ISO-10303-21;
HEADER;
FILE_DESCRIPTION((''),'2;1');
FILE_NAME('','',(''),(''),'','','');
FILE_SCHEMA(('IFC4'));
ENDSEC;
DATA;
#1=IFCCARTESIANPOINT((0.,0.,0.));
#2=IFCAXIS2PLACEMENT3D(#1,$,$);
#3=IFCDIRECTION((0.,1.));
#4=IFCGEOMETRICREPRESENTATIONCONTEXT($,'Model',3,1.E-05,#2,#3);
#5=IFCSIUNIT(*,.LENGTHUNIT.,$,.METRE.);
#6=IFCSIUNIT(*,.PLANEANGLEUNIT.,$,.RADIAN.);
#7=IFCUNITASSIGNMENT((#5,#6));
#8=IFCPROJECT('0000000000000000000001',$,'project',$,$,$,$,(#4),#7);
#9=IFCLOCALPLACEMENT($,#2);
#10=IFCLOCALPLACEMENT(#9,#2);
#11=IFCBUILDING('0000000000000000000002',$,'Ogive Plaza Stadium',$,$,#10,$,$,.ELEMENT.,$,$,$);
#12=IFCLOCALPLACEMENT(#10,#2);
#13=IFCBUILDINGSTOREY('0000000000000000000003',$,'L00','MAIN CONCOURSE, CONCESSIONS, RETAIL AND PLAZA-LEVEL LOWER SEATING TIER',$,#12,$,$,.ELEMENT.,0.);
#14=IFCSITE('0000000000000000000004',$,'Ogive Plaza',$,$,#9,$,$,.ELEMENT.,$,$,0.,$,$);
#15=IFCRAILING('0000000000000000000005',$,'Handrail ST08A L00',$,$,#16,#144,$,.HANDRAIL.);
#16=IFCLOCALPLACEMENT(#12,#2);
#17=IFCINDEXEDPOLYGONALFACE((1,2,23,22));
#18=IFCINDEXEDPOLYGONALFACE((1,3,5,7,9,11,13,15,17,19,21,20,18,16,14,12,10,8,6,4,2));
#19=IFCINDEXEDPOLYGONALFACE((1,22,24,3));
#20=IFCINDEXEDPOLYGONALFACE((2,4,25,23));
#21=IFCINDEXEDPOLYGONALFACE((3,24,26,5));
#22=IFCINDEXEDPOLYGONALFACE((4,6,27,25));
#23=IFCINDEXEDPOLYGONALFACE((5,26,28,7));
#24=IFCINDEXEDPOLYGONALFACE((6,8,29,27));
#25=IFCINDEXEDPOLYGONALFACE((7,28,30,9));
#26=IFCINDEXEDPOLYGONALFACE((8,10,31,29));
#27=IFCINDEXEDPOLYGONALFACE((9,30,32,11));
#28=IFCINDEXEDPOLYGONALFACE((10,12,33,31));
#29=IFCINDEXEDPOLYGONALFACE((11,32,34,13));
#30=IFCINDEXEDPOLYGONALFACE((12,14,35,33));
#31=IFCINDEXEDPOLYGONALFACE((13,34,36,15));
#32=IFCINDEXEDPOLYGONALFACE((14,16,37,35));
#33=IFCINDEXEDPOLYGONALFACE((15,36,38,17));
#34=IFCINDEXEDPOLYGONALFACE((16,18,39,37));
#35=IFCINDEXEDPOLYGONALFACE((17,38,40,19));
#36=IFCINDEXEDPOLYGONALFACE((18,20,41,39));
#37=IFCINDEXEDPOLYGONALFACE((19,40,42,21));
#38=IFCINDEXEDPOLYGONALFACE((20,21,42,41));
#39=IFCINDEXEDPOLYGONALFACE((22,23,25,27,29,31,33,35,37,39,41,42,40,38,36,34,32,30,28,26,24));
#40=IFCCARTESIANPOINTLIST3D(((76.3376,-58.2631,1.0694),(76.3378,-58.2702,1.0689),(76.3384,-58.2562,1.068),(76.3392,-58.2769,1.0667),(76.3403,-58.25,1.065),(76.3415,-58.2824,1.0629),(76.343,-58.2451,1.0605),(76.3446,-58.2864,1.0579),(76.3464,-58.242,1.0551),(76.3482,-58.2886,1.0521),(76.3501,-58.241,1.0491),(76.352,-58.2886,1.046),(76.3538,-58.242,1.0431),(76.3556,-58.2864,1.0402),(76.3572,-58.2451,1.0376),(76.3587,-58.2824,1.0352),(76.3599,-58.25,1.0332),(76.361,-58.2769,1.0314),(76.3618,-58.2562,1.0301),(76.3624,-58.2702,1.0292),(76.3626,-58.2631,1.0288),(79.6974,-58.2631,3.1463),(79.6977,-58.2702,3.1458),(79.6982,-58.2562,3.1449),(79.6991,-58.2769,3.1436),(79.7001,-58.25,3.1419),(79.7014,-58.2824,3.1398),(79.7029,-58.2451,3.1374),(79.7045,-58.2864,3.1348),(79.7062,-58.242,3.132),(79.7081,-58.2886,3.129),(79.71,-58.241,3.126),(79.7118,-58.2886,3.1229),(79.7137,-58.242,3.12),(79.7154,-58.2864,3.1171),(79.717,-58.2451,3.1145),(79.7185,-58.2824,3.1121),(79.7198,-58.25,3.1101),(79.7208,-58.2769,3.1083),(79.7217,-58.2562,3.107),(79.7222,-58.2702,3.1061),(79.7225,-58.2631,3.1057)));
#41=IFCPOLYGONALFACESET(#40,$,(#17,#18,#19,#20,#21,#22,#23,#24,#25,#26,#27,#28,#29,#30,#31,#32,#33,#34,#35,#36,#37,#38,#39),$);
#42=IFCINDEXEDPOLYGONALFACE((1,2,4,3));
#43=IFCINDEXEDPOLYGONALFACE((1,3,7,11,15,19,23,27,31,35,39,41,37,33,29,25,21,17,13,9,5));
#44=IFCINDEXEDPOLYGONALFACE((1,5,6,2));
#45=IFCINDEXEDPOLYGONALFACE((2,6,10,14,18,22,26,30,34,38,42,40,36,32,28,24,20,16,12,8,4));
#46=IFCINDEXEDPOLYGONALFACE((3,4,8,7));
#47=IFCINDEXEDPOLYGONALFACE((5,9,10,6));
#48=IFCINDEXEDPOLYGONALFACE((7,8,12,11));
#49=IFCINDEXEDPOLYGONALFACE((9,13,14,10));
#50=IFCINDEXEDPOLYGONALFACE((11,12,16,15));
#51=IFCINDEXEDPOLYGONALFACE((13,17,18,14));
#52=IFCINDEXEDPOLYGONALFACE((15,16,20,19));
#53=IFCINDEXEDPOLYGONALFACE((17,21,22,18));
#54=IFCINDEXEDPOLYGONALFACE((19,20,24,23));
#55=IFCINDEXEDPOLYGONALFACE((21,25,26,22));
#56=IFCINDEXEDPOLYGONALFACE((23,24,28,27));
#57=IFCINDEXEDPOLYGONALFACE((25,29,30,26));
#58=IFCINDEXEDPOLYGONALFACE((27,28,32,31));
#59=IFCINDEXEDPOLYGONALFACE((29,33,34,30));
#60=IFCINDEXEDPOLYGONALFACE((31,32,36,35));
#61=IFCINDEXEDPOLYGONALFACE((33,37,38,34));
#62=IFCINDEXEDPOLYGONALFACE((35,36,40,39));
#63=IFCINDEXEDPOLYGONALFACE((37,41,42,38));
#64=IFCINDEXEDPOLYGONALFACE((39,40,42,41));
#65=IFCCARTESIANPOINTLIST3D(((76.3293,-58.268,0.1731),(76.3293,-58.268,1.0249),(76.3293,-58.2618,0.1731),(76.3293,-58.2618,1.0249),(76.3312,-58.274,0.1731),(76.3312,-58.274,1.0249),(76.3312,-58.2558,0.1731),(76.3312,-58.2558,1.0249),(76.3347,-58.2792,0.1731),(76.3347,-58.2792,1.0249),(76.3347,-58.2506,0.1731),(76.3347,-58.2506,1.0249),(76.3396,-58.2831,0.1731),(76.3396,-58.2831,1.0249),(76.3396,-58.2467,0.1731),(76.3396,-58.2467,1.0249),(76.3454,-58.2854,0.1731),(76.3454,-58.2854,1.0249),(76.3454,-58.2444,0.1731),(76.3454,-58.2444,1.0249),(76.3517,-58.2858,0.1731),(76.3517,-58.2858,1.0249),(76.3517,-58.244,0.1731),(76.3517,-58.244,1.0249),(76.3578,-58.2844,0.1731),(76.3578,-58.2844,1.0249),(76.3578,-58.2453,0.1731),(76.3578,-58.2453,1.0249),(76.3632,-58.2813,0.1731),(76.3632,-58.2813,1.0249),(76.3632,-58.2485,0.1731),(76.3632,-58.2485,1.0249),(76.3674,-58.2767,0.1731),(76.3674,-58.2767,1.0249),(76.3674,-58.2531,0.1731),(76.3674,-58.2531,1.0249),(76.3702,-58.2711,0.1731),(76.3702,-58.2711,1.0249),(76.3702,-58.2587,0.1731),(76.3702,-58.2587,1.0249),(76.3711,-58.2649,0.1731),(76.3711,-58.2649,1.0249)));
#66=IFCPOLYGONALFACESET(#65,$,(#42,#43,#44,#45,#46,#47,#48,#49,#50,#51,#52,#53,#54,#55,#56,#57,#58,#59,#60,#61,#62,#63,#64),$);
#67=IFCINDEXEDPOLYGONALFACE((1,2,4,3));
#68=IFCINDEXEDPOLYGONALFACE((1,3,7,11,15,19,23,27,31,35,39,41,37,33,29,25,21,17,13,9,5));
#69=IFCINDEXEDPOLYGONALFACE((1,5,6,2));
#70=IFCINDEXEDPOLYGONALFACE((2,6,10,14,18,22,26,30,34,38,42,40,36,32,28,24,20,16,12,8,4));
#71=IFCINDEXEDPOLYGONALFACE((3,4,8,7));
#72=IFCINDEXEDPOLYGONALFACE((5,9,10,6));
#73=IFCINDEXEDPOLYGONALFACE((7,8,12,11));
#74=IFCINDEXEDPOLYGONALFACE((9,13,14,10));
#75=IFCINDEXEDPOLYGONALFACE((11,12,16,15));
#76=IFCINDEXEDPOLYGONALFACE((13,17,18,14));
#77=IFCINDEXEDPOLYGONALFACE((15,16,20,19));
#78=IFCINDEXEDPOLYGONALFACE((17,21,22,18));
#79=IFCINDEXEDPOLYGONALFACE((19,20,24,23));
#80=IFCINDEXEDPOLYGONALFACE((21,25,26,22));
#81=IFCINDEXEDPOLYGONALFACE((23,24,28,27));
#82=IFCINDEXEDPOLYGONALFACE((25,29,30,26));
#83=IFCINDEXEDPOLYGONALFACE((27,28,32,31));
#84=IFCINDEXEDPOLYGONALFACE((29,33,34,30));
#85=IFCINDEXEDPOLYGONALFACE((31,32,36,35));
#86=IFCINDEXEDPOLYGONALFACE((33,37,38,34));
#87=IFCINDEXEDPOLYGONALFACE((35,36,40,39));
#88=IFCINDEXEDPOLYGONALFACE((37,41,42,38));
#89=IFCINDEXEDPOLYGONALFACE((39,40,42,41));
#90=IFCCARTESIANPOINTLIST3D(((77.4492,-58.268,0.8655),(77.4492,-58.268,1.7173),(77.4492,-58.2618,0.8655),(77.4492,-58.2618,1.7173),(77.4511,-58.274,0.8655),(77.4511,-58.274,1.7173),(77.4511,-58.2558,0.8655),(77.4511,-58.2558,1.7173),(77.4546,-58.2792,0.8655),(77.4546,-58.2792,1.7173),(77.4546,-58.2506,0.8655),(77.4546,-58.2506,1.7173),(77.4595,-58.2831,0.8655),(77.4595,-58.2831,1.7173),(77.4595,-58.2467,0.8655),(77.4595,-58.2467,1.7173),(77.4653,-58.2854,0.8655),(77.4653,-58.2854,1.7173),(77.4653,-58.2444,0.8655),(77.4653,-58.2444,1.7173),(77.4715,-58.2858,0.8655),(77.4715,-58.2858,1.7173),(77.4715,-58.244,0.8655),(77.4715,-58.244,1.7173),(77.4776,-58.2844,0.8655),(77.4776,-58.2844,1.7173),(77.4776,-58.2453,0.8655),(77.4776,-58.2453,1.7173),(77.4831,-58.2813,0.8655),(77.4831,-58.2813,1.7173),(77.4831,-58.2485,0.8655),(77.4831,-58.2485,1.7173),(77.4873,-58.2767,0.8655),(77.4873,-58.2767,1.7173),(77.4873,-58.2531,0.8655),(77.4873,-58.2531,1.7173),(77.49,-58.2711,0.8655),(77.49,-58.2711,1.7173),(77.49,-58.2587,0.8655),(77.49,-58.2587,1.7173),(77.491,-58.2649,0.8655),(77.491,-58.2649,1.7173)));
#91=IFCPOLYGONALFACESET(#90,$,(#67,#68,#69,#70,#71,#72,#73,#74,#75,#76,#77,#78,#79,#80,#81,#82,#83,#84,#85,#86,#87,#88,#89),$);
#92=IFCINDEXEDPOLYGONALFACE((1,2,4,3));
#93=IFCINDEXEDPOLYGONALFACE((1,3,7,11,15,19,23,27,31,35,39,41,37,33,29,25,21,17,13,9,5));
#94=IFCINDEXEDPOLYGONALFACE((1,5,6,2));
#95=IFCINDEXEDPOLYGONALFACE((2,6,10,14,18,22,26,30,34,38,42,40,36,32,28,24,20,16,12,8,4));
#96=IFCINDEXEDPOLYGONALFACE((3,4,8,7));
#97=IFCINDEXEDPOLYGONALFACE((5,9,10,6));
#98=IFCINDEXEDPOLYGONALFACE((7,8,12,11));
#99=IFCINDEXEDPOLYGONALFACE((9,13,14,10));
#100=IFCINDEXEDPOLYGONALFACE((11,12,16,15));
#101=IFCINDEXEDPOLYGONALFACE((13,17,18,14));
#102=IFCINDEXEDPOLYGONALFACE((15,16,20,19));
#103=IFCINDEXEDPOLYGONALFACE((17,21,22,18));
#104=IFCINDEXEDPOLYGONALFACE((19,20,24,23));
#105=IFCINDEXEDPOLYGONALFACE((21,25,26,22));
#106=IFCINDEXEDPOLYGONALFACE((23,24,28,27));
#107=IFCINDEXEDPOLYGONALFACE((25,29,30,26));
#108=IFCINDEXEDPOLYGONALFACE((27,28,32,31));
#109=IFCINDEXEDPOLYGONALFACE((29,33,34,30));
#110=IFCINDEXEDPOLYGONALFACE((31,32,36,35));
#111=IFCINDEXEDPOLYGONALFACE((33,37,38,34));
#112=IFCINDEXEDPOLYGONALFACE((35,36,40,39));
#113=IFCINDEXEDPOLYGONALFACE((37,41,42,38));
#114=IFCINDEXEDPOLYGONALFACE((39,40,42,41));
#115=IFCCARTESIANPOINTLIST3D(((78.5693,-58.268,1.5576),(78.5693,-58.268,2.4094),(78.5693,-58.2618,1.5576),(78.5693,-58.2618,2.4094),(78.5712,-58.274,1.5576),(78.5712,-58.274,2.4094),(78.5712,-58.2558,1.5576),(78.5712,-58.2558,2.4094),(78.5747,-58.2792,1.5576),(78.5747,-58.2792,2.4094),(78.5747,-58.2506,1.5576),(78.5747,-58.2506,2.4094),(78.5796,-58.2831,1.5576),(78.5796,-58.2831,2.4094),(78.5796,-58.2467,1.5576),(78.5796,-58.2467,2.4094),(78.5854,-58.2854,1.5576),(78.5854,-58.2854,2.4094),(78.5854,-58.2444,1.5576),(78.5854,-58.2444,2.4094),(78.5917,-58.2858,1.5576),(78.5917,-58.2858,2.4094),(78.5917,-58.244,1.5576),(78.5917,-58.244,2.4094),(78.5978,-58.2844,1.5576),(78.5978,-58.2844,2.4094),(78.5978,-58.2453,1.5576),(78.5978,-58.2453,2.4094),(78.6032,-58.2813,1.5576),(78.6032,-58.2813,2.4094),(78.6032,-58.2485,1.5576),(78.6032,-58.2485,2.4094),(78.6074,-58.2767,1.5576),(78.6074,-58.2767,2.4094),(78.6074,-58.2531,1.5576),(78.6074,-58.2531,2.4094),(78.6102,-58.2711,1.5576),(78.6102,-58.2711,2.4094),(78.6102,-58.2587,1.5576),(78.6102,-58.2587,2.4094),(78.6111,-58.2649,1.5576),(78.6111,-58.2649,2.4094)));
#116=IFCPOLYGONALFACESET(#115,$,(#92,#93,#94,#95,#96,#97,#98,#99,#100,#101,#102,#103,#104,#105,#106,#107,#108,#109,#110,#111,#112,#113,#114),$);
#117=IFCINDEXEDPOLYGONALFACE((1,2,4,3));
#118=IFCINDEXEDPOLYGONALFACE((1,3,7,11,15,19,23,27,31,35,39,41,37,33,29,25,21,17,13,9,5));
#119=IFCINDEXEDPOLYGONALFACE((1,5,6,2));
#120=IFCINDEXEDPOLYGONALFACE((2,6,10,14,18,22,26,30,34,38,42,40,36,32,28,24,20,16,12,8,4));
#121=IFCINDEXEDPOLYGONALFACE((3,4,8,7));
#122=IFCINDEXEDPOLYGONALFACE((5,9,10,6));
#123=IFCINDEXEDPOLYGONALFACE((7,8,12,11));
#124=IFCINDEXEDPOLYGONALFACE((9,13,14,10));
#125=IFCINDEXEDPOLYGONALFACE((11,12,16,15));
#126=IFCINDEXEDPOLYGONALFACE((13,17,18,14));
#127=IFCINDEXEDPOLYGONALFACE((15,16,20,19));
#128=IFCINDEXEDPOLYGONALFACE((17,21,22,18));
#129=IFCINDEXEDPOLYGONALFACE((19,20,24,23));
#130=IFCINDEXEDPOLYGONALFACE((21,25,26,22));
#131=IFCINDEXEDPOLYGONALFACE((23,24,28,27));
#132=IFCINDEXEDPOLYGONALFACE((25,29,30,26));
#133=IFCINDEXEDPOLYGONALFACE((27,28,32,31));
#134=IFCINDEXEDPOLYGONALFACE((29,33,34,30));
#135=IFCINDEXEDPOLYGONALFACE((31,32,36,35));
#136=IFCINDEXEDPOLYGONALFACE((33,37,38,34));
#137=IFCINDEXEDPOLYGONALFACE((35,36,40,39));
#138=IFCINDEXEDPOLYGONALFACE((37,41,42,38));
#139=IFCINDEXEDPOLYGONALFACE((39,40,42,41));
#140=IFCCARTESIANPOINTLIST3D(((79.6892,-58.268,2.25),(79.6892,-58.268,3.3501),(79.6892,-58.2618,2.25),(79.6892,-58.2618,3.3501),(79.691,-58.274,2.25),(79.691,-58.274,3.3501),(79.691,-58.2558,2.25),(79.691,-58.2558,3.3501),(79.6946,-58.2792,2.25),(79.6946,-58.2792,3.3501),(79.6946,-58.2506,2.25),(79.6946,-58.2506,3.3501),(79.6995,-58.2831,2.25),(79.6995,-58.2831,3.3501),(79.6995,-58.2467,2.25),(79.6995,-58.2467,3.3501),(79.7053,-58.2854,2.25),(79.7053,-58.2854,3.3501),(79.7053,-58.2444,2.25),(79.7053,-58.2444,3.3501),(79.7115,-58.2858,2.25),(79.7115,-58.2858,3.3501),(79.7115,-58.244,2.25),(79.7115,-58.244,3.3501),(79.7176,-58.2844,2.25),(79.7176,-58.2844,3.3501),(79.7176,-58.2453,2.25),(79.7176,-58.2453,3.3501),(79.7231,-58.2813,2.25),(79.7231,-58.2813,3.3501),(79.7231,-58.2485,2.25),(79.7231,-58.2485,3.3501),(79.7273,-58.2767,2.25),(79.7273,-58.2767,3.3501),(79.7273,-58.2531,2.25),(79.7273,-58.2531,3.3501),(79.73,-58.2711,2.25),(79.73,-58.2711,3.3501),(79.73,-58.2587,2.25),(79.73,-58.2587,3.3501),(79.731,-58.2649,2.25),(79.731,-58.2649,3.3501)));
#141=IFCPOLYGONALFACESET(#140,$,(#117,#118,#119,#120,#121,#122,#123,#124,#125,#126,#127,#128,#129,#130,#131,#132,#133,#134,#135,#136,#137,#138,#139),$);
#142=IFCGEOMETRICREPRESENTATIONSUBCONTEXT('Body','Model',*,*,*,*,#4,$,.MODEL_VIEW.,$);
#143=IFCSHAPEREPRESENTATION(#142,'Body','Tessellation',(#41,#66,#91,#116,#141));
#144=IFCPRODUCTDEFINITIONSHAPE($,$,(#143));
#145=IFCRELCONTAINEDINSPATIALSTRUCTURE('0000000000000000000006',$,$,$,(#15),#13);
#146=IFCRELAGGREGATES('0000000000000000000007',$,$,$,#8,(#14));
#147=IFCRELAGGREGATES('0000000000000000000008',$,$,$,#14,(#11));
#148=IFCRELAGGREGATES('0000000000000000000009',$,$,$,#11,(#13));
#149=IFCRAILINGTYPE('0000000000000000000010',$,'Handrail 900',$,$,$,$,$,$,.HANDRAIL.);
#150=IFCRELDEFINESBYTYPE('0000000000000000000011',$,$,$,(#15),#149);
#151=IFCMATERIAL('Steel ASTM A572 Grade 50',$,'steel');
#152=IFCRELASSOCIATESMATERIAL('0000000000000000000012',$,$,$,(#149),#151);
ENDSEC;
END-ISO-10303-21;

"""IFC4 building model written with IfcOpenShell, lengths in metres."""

from ifc_helpers import new_model, si_unit, direction, frame, origin, origin_2d, place, context, subcontext, project, spatial, circle, extrude, material, type_object, element, save


model = new_model("IFC4")

# Units and contexts
model_context = context("Model", 3, precision=1e-05, world=origin(), true_north=direction((0.0, 1.0)))
body_context = subcontext(model_context, "Body", "Model", "MODEL_VIEW")
ifc_project = project(units=[si_unit("LENGTHUNIT", "METRE"), si_unit("PLANEANGLEUNIT", "RADIAN")], contexts=[model_context])

# Site, building, storey
site_placement = place(None, origin())
site = spatial("IfcSite", under=ifc_project, at=site_placement, Name="Ogive Plaza", CompositionType="ELEMENT", RefElevation=0.0)
building_placement = place(site_placement, origin())
building = spatial("IfcBuilding", under=site, at=building_placement, Name="Ogive Plaza Stadium", CompositionType="ELEMENT")
storey_placement = place(building_placement, origin())
storey = spatial("IfcBuildingStorey", under=building, at=storey_placement, Name="L00", Description="MAIN CONCOURSE, CONCESSIONS, RETAIL AND PLAZA-LEVEL LOWER SEATING TIER", CompositionType="ELEMENT", Elevation=0.0)

# Railing
ifc_material_1 = material(Name="Steel ASTM A572 Grade 50", Category="steel")
railing_type_1 = type_object("IfcRailingType", Name="Handrail 900", PredefinedType="HANDRAIL", material=ifc_material_1)
for number, where, name in (
    (1, (76.3501, -58.2649, 0.1731), "Handrail ST08A L00"),
):
    element("IfcRailing", number, at=place(storey_placement, frame(where)), inside=storey, type_object=railing_type_1, Name=name, PredefinedType="HANDRAIL", context=body_context, shape_type="SweptSolid", body=[
        extrude(circle(Radius=0.0239, at=origin_2d()), frame((0.0, 0.0, 0.876), z_axis=(0.850606, 0.0, 0.525803), x_axis=(0.0, 1.0, 0.0)), (0.0, 0.0, 1.0), 3.95),
        extrude(circle(Radius=0.021, at=origin_2d()), origin(), (0.0, 0.0, 1.0), 0.8518),
        extrude(circle(Radius=0.021, at=origin_2d()), frame((1.1199, 0.0, 0.6924)), (0.0, 0.0, 1.0), 0.8518),
        extrude(circle(Radius=0.021, at=origin_2d()), frame((2.24, 0.0, 1.3845)), (0.0, 0.0, 1.0), 0.8518),
        extrude(circle(Radius=0.021, at=origin_2d()), frame((3.3599, 0.0, 2.0769)), (0.0, 0.0, 1.0), 1.1001),
    ])

save(model, "model.ifc")
